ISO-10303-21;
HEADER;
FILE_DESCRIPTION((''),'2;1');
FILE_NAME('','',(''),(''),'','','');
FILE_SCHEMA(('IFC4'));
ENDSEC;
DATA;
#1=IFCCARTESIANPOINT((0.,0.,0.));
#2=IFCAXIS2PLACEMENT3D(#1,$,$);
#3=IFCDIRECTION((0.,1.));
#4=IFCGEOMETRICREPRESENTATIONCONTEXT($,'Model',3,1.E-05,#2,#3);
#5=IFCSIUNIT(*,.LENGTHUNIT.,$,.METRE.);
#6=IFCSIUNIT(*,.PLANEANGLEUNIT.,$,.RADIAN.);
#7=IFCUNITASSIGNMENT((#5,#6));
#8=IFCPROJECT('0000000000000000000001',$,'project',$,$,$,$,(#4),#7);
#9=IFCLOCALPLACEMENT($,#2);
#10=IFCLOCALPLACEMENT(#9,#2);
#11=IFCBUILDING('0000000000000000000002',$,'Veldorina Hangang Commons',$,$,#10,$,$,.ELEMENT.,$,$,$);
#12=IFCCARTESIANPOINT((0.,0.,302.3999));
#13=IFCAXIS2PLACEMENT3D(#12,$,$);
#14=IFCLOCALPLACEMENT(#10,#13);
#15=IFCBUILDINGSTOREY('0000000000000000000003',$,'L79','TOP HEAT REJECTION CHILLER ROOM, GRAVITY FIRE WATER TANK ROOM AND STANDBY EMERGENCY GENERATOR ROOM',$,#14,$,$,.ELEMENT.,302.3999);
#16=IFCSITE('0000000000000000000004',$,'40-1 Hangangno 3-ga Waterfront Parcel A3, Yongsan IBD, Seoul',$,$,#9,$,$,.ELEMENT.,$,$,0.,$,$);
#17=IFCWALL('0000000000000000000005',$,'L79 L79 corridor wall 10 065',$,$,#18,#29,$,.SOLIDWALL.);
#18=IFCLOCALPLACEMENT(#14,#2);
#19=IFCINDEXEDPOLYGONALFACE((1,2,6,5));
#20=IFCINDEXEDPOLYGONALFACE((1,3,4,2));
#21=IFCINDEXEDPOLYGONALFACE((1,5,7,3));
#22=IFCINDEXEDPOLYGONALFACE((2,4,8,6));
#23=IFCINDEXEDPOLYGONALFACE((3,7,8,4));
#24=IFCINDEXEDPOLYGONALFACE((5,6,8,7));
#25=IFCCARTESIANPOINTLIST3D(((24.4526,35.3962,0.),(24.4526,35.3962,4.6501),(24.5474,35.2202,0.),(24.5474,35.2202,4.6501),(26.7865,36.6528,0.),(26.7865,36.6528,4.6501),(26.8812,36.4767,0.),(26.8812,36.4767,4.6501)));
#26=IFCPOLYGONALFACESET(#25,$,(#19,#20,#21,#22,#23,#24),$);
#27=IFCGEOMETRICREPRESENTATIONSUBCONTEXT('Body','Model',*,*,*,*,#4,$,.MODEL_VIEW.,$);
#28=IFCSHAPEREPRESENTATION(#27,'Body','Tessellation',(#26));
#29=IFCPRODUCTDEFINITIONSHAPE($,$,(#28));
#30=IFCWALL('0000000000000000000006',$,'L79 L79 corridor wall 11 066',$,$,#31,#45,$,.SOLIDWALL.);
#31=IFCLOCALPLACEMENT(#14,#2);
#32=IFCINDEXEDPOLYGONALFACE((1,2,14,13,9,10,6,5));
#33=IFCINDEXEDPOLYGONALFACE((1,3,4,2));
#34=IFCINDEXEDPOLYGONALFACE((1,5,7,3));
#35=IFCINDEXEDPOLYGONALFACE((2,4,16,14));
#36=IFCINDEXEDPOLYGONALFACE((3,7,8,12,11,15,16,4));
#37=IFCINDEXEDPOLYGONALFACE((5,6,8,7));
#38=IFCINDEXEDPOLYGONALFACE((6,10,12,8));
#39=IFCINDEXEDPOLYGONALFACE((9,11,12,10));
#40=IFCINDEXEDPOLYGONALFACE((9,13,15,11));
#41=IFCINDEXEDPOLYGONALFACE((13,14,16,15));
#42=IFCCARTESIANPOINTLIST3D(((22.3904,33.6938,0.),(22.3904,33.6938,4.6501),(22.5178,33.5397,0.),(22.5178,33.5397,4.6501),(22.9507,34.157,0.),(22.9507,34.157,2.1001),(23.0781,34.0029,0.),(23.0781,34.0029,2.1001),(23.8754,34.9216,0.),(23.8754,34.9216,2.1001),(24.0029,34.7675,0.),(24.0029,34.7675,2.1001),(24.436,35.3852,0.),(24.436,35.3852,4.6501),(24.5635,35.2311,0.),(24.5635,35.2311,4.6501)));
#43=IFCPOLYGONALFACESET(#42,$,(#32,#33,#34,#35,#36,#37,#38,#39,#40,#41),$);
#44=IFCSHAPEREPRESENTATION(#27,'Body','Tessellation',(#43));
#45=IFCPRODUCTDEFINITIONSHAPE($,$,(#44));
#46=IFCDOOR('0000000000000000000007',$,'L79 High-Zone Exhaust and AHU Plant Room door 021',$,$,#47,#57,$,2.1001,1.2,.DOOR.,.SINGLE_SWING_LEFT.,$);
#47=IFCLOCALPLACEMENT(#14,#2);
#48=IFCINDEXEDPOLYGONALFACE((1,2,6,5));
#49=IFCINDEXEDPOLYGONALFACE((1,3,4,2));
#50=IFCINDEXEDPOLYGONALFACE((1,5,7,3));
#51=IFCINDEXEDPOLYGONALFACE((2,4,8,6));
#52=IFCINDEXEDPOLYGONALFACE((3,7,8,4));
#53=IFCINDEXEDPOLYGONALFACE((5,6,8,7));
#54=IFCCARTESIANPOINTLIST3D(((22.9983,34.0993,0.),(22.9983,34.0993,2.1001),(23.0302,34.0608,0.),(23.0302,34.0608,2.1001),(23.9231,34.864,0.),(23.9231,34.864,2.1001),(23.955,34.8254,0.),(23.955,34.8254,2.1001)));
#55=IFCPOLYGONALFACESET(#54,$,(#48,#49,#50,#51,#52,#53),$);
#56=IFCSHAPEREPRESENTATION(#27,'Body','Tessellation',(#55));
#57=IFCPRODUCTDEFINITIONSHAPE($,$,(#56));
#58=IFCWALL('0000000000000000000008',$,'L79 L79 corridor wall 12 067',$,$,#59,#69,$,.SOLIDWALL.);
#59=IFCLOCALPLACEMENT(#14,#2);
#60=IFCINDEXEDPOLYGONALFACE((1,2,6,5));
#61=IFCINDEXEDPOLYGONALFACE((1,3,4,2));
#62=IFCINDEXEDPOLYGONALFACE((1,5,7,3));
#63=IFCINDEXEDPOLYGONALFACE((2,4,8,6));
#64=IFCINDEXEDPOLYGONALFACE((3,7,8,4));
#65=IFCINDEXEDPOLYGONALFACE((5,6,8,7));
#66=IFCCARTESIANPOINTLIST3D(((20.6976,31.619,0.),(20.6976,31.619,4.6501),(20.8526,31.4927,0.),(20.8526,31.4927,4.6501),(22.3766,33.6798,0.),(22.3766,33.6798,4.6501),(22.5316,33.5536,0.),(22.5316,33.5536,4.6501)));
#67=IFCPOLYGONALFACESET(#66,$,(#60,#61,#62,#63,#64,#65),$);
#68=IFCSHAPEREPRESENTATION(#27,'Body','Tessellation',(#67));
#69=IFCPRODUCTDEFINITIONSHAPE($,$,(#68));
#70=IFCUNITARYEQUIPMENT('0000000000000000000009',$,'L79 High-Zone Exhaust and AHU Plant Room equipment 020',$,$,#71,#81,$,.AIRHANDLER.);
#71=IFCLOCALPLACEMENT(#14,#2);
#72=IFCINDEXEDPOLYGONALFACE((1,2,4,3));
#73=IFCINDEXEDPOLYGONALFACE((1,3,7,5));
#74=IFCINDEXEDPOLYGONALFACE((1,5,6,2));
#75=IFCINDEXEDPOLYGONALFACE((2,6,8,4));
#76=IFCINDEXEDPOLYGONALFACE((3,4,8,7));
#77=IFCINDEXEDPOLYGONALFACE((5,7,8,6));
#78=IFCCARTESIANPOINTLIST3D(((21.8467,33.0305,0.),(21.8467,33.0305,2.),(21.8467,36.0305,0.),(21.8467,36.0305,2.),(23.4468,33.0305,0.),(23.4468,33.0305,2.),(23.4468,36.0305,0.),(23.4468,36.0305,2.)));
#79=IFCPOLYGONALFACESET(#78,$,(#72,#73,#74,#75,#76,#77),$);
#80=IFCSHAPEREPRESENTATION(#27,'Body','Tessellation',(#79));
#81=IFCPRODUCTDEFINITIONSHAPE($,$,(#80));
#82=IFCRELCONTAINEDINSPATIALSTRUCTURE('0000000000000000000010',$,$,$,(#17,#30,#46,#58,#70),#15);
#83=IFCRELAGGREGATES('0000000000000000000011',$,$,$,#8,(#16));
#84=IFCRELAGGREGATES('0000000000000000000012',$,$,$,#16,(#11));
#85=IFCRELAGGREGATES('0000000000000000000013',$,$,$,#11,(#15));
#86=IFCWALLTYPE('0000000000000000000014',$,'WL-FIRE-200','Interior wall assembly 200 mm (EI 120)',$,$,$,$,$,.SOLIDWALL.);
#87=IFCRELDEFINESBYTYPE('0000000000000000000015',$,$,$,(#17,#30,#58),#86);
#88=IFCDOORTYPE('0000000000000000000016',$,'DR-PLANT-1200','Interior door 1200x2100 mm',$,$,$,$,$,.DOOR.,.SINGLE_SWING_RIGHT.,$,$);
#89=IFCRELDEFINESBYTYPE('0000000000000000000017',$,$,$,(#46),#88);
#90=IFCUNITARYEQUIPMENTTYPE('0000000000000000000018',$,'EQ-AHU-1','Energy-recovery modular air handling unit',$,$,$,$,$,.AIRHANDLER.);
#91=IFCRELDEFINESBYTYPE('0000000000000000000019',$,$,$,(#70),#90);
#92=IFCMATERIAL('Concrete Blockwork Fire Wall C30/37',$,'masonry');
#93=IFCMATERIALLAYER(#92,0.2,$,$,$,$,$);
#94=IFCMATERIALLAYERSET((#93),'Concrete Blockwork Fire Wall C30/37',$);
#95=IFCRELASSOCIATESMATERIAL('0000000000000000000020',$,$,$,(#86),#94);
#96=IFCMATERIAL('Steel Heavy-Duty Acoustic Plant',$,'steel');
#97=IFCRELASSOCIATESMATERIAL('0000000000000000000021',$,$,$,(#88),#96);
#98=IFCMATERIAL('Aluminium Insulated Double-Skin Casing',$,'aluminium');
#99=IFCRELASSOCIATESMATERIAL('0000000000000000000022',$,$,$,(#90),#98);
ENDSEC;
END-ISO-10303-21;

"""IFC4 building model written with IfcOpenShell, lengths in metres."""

from ifc_helpers import new_model, si_unit, direction, frame, frame_2d, origin, origin_2d, place, context, subcontext, project, spatial, rectangle, extrude, material, layer, layer_set, type_object, element, fill, save


model = new_model("IFC4")

# Units and contexts
model_context = context("Model", 3, precision=1e-05, world=origin(), true_north=direction((0.0, 1.0)))
body_context = subcontext(model_context, "Body", "Model", "MODEL_VIEW")
ifc_project = project(units=[si_unit("LENGTHUNIT", "METRE"), si_unit("PLANEANGLEUNIT", "RADIAN")], contexts=[model_context])

# Site, building, storey
site_placement = place(None, origin())
site = spatial("IfcSite", under=ifc_project, at=site_placement, Name="40-1 Hangangno 3-ga Waterfront Parcel A3, Yongsan IBD, Seoul", CompositionType="ELEMENT", RefElevation=0.0)
building_placement = place(site_placement, origin())
building = spatial("IfcBuilding", under=site, at=building_placement, Name="Veldorina Hangang Commons", CompositionType="ELEMENT")
storey_placement = place(building_placement, frame((0.0, 0.0, 302.3999)))
storey = spatial("IfcBuildingStorey", under=building, at=storey_placement, Name="L79", Description="TOP HEAT REJECTION CHILLER ROOM, GRAVITY FIRE WATER TANK ROOM AND STANDBY EMERGENCY GENERATOR ROOM", CompositionType="ELEMENT", Elevation=302.3999)

# Wall
ifc_material_1 = material(Name="Concrete Blockwork Fire Wall C30/37", Category="masonry")
ifc_layer_1 = layer(ifc_material_1, 0.2)
ifc_layer_set_1 = layer_set([ifc_layer_1], Name="Concrete Blockwork Fire Wall C30/37")
wall_type_1 = type_object("IfcWallType", Name="WL-FIRE-200", Description="Interior wall assembly 200 mm (EI 120)", PredefinedType="SOLIDWALL", material=ifc_layer_set_1)
wall_1_placement = place(storey_placement, frame((26.8337, 36.5647, 0.0), z_axis=(0.0, 0.0, 1.0), x_axis=(-0.880498, -0.47405, 0.0)))
element("IfcWall", 1, at=wall_1_placement, inside=storey, type_object=wall_type_1, Name="L79 L79 corridor wall 10 065", PredefinedType="SOLIDWALL", context=body_context, shape_type="SweptSolid", body=[
    extrude(rectangle(XDim=2.6506, YDim=0.2, at=frame_2d((1.3252, 0.0))), origin(), (0.0, 0.0, 1.0), 4.6501),
])

# Wall, opening, door
wall_2_placement = place(storey_placement, frame((24.4998, 35.3081, 0.0), z_axis=(0.0, 0.0, 1.0), x_axis=(-0.770681, -0.637221, 0.0)))
wall_2 = element("IfcWall", 2, at=wall_2_placement, inside=storey, type_object=wall_type_1, Name="L79 L79 corridor wall 11 066", PredefinedType="SOLIDWALL", context=body_context, shape_type="SweptSolid", body=[
    extrude(rectangle(XDim=2.6543, YDim=0.2, at=frame_2d((1.3271, 0.0))), origin(), (0.0, 0.0, 1.0), 4.6501),
])
opening_placement = place(wall_2_placement, frame((0.7273, 0.0, 0.0)))
opening = element("IfcOpeningElement", 3, at=opening_placement, cuts=wall_2, PredefinedType="OPENING", context=body_context, shape_type="SweptSolid", body=[
    extrude(rectangle(XDim=1.2, YDim=2.1001, at=frame_2d((0.6001, 1.05))), frame((0.0, 0.1099, 0.0), z_axis=(0.0, -1.0, 0.0), x_axis=(1.0, 0.0, 0.0)), (0.0, 0.0, 1.0), 0.22),
])
ifc_material_2 = material(Name="Steel Heavy-Duty Acoustic Plant", Category="steel")
door_type = type_object("IfcDoorType", Name="DR-PLANT-1200", Description="Interior door 1200x2100 mm", OperationType="SINGLE_SWING_RIGHT", PredefinedType="DOOR", material=ifc_material_2)
door_placement = place(opening_placement, origin())
door = element("IfcDoor", 4, at=door_placement, inside=storey, type_object=door_type, Name="L79 High-Zone Exhaust and AHU Plant Room door 021", OperationType="SINGLE_SWING_LEFT", OverallHeight=2.1001, OverallWidth=1.2, PredefinedType="DOOR", context=body_context, shape_type="SweptSolid", body=[
    extrude(rectangle(XDim=1.2, YDim=2.1001, at=frame_2d((0.6001, 1.05))), frame((0.0, 0.0249, 0.0), z_axis=(0.0, -1.0, 0.0), x_axis=(1.0, 0.0, 0.0)), (0.0, 0.0, 1.0), 0.05),
])
fill(opening, door)

# Wall
wall_3_placement = place(storey_placement, frame((22.4541, 33.6167, 0.0), z_axis=(0.0, 0.0, 1.0), x_axis=(-0.631626, -0.775273, 0.0)))
element("IfcWall", 5, at=wall_3_placement, inside=storey, type_object=wall_type_1, Name="L79 L79 corridor wall 12 067", PredefinedType="SOLIDWALL", context=body_context, shape_type="SweptSolid", body=[
    extrude(rectangle(XDim=2.6582, YDim=0.2, at=frame_2d((1.3291, 0.0))), origin(), (0.0, 0.0, 1.0), 4.6501),
])

# Unitary equipment
ifc_material_3 = material(Name="Aluminium Insulated Double-Skin Casing", Category="aluminium")
unitary_equipment_type = type_object("IfcUnitaryEquipmentType", Name="EQ-AHU-1", Description="Energy-recovery modular air handling unit", PredefinedType="AIRHANDLER", material=ifc_material_3)
unitary_equipment_placement = place(storey_placement, frame((22.6467, 34.5305, 0.0), z_axis=(0.0, 0.0, 1.0), x_axis=(1.0, 0.0, 0.0)))
element("IfcUnitaryEquipment", 6, at=unitary_equipment_placement, inside=storey, type_object=unitary_equipment_type, Name="L79 High-Zone Exhaust and AHU Plant Room equipment 020", PredefinedType="AIRHANDLER", context=body_context, shape_type="SweptSolid", body=[
    extrude(rectangle(XDim=1.6001, YDim=3.0, at=origin_2d()), origin(), (0.0, 0.0, 1.0), 2.0),
])

save(model, "model.ifc")
